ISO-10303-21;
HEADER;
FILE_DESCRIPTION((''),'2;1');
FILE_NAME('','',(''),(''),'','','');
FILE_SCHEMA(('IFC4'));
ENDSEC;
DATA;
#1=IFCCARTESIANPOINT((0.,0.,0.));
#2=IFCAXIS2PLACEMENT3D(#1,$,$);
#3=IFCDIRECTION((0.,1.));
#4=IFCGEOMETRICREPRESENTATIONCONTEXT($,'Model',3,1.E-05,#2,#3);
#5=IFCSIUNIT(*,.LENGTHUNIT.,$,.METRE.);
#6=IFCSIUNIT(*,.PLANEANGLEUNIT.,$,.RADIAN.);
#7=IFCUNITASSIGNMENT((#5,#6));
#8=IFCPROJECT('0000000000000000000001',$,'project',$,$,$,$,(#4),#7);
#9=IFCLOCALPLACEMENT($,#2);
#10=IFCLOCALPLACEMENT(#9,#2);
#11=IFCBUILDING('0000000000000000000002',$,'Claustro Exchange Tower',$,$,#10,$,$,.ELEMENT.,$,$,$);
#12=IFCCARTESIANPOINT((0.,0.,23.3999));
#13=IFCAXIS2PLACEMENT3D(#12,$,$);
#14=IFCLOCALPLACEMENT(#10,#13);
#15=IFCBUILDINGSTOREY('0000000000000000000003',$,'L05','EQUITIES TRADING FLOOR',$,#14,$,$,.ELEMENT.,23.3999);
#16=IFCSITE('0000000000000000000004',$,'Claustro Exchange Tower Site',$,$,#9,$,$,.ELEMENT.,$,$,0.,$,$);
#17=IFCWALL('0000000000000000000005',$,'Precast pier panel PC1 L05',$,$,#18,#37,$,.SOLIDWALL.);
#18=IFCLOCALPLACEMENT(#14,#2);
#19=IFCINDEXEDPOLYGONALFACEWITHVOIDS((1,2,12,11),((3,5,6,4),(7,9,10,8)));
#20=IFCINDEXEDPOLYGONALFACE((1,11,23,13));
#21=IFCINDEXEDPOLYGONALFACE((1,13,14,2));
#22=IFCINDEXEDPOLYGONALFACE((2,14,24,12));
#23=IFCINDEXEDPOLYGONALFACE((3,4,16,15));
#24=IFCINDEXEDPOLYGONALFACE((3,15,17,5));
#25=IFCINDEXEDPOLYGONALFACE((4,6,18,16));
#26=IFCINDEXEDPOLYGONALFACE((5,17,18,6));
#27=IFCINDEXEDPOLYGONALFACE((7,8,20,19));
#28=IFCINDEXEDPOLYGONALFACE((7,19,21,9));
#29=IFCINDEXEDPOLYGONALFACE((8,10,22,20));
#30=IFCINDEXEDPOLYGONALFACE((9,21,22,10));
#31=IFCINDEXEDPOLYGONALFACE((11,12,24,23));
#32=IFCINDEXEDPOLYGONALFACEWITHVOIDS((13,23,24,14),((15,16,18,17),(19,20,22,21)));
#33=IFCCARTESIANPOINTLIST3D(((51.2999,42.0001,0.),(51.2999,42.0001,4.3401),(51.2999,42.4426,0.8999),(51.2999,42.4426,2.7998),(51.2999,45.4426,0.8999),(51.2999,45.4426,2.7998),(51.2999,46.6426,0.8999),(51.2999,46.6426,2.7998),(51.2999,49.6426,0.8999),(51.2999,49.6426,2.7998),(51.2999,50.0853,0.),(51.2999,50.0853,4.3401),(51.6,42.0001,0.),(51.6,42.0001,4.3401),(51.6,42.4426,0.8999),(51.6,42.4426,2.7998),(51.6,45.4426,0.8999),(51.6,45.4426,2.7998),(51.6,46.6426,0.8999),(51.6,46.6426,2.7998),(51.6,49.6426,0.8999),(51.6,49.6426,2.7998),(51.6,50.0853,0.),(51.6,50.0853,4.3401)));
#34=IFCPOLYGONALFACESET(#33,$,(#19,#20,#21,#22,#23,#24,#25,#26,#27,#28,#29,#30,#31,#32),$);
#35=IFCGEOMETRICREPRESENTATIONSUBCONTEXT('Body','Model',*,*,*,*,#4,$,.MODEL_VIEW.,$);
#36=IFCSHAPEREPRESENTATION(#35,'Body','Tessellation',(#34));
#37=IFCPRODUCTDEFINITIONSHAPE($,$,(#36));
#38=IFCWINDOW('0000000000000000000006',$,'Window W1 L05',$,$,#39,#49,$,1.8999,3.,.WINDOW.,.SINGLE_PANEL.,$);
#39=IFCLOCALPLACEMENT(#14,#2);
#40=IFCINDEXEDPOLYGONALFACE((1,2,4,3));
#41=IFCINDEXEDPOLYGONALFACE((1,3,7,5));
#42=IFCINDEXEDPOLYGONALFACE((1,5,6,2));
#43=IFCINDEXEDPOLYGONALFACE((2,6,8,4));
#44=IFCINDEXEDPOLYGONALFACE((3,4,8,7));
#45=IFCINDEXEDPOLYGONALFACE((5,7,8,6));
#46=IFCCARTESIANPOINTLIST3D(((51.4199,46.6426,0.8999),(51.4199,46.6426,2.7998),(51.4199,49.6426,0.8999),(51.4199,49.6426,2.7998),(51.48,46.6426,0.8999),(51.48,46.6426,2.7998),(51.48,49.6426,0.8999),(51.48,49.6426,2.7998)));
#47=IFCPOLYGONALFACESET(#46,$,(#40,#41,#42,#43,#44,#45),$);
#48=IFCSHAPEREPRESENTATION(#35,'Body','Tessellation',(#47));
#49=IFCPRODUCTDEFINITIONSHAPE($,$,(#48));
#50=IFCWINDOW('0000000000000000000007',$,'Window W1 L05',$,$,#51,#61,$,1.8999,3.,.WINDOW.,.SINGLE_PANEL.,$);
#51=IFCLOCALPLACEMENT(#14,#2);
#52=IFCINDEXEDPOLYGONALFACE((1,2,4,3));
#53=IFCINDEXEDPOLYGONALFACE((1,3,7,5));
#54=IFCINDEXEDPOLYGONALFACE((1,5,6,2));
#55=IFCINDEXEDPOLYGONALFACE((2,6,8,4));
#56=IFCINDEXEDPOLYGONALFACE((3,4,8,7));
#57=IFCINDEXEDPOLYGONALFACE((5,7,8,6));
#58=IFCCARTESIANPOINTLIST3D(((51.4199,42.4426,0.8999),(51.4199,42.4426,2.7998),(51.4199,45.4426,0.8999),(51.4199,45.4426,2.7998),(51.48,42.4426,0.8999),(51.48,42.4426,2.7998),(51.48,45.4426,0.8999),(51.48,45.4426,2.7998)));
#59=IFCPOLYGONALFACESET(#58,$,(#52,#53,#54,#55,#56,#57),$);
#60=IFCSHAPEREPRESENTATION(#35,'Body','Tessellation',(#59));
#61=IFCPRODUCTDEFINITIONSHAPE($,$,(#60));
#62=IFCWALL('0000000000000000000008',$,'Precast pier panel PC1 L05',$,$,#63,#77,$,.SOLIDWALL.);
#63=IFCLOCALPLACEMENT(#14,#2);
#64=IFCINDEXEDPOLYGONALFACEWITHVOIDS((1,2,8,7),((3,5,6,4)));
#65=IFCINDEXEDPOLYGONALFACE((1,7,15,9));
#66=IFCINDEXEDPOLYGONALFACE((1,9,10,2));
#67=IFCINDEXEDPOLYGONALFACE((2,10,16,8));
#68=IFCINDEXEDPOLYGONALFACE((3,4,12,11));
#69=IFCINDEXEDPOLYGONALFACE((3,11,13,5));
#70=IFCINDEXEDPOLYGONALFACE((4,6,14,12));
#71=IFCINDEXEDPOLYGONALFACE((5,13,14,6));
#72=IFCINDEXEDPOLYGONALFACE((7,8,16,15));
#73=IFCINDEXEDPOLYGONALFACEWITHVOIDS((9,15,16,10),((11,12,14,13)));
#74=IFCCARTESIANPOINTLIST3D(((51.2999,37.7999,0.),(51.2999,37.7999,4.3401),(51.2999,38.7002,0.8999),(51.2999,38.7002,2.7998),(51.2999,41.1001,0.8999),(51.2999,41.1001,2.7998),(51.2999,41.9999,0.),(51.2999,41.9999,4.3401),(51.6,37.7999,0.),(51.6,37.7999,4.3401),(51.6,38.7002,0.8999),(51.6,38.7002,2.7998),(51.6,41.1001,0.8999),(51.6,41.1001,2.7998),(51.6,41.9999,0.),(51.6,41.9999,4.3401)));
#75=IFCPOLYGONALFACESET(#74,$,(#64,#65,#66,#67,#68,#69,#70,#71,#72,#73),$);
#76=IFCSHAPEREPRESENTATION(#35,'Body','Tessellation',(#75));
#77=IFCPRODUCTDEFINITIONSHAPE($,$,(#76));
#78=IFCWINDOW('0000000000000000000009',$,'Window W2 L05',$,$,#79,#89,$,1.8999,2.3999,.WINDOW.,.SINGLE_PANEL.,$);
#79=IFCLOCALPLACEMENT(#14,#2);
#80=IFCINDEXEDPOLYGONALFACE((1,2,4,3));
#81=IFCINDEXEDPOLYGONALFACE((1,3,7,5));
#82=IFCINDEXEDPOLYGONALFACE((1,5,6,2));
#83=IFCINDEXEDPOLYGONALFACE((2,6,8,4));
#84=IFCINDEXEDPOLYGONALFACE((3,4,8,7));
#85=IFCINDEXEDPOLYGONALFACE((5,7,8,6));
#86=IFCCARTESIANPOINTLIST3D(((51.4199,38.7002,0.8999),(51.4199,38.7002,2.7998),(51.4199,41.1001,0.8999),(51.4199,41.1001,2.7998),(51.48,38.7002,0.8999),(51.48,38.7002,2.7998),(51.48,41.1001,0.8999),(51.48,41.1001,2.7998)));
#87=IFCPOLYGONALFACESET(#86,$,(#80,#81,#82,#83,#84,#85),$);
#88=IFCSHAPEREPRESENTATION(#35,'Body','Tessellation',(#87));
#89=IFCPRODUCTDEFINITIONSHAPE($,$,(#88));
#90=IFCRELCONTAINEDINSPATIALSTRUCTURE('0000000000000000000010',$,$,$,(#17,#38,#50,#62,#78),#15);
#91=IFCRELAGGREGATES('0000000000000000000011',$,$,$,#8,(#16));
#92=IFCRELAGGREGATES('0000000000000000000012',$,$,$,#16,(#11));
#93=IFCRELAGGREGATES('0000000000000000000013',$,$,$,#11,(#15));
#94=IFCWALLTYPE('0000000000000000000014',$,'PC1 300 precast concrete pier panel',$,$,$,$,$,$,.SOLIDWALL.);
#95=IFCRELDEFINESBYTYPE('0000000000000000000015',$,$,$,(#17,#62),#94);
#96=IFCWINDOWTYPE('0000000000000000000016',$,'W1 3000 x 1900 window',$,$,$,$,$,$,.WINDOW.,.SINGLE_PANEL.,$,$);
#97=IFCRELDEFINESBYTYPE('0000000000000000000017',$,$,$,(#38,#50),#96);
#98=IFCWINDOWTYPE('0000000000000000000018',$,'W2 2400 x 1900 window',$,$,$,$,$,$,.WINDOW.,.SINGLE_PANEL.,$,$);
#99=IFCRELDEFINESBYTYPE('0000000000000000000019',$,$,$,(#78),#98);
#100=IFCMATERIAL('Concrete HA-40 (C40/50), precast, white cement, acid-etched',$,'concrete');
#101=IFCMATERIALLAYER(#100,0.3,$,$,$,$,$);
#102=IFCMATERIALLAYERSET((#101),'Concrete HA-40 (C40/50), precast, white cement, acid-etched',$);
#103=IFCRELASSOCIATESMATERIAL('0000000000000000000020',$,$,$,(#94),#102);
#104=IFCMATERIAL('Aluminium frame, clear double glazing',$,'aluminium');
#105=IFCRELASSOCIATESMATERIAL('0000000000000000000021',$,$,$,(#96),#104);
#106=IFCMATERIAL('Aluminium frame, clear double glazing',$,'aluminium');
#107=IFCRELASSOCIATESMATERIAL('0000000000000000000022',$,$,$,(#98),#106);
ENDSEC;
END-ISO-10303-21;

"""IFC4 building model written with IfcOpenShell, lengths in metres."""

from ifc_helpers import new_model, si_unit, direction, frame, frame_2d, origin, place, context, subcontext, project, spatial, rectangle, extrude, material, layer, layer_set, type_object, element, fill, save


model = new_model("IFC4")

# Units and contexts
model_context = context("Model", 3, precision=1e-05, world=origin(), true_north=direction((0.0, 1.0)))
body_context = subcontext(model_context, "Body", "Model", "MODEL_VIEW")
ifc_project = project(units=[si_unit("LENGTHUNIT", "METRE"), si_unit("PLANEANGLEUNIT", "RADIAN")], contexts=[model_context])

# Site, building, storey
site_placement = place(None, origin())
site = spatial("IfcSite", under=ifc_project, at=site_placement, Name="Claustro Exchange Tower Site", CompositionType="ELEMENT", RefElevation=0.0)
building_placement = place(site_placement, origin())
building = spatial("IfcBuilding", under=site, at=building_placement, Name="Claustro Exchange Tower", CompositionType="ELEMENT")
storey_placement = place(building_placement, frame((0.0, 0.0, 23.3999)))
storey = spatial("IfcBuildingStorey", under=building, at=storey_placement, Name="L05", Description="EQUITIES TRADING FLOOR", CompositionType="ELEMENT", Elevation=23.3999)

# Shared definitions
ifc_material_1 = material(Name="Concrete HA-40 (C40/50), precast, white cement, acid-etched", Category="concrete")
ifc_layer_1 = layer(ifc_material_1, 0.3)
ifc_layer_set_1 = layer_set([ifc_layer_1], Name="Concrete HA-40 (C40/50), precast, white cement, acid-etched")
wall_type_1 = type_object("IfcWallType", Name="PC1 300 precast concrete pier panel", PredefinedType="SOLIDWALL", material=ifc_layer_set_1)
ifc_material_2 = material(Name="Aluminium frame, clear double glazing", Category="aluminium")
window_type_1 = type_object("IfcWindowType", Name="W1 3000 x 1900 window", PartitioningType="SINGLE_PANEL", PredefinedType="WINDOW", material=ifc_material_2)

# Wall, openings, windows
wall_1_placement = place(storey_placement, frame((51.45, 50.0852, 0.0), z_axis=(0.0, 0.0, 1.0), x_axis=(0.0, -1.0, 0.0)))
wall_1 = element("IfcWall", 1, at=wall_1_placement, inside=storey, type_object=wall_type_1, Name="Precast pier panel PC1 L05", PredefinedType="SOLIDWALL", context=body_context, shape_type="SweptSolid", body=[
    extrude(rectangle(XDim=8.0852, YDim=0.3, at=frame_2d((4.0425, 0.0))), origin(), (0.0, 0.0, 1.0), 4.3401),
])
opening_1_placement = place(wall_1_placement, frame((0.4426, 0.0, 0.8999)))
opening_1 = element("IfcOpeningElement", 2, at=opening_1_placement, cuts=wall_1, PredefinedType="OPENING", context=body_context, shape_type="SweptSolid", body=[
    extrude(rectangle(XDim=3.0, YDim=1.8999, at=frame_2d((1.5, 0.95))), frame((0.0, 0.1599, 0.0), z_axis=(0.0, -1.0, 0.0), x_axis=(1.0, 0.0, 0.0)), (0.0, 0.0, 1.0), 0.3201),
])
opening_2_placement = place(wall_1_placement, frame((4.6426, 0.0, 0.8999)))
opening_2 = element("IfcOpeningElement", 3, at=opening_2_placement, cuts=wall_1, PredefinedType="OPENING", context=body_context, shape_type="SweptSolid", body=[
    extrude(rectangle(XDim=3.0, YDim=1.8999, at=frame_2d((1.5, 0.95))), frame((0.0, 0.1599, 0.0), z_axis=(0.0, -1.0, 0.0), x_axis=(1.0, 0.0, 0.0)), (0.0, 0.0, 1.0), 0.3201),
])
window_1_placement = place(opening_1_placement, origin())
window_1 = element("IfcWindow", 4, at=window_1_placement, inside=storey, type_object=window_type_1, Name="Window W1 L05", OverallHeight=1.8999, OverallWidth=3.0, PartitioningType="SINGLE_PANEL", PredefinedType="WINDOW", context=body_context, shape_type="SweptSolid", body=[
    extrude(rectangle(XDim=3.0, YDim=1.8999, at=frame_2d((1.5, 0.95))), frame((0.0, 0.03, 0.0), z_axis=(0.0, -1.0, 0.0), x_axis=(1.0, 0.0, 0.0)), (0.0, 0.0, 1.0), 0.0601),
])
fill(opening_1, window_1)
window_2_placement = place(opening_2_placement, origin())
window_2 = element("IfcWindow", 5, at=window_2_placement, inside=storey, type_object=window_type_1, Name="Window W1 L05", OverallHeight=1.8999, OverallWidth=3.0, PartitioningType="SINGLE_PANEL", PredefinedType="WINDOW", context=body_context, shape_type="SweptSolid", body=[
    extrude(rectangle(XDim=3.0, YDim=1.8999, at=frame_2d((1.5, 0.95))), frame((0.0, 0.03, 0.0), z_axis=(0.0, -1.0, 0.0), x_axis=(1.0, 0.0, 0.0)), (0.0, 0.0, 1.0), 0.0601),
])
fill(opening_2, window_2)

# Wall, opening, window
wall_2_placement = place(storey_placement, frame((51.45, 42.0, 0.0), z_axis=(0.0, 0.0, 1.0), x_axis=(0.0, -1.0, 0.0)))
wall_2 = element("IfcWall", 6, at=wall_2_placement, inside=storey, type_object=wall_type_1, Name="Precast pier panel PC1 L05", PredefinedType="SOLIDWALL", context=body_context, shape_type="SweptSolid", body=[
    extrude(rectangle(XDim=4.2, YDim=0.3, at=frame_2d((2.1001, 0.0))), origin(), (0.0, 0.0, 1.0), 4.3401),
])
opening_3_placement = place(wall_2_placement, frame((0.8999, 0.0, 0.8999)))
opening_3 = element("IfcOpeningElement", 7, at=opening_3_placement, cuts=wall_2, PredefinedType="OPENING", context=body_context, shape_type="SweptSolid", body=[
    extrude(rectangle(XDim=2.3999, YDim=1.8999, at=frame_2d((1.2, 0.95))), frame((0.0, 0.1599, 0.0), z_axis=(0.0, -1.0, 0.0), x_axis=(1.0, 0.0, 0.0)), (0.0, 0.0, 1.0), 0.3201),
])
ifc_material_3 = material(Name="Aluminium frame, clear double glazing", Category="aluminium")
window_type_2 = type_object("IfcWindowType", Name="W2 2400 x 1900 window", PartitioningType="SINGLE_PANEL", PredefinedType="WINDOW", material=ifc_material_3)
window_3_placement = place(opening_3_placement, origin())
window_3 = element("IfcWindow", 8, at=window_3_placement, inside=storey, type_object=window_type_2, Name="Window W2 L05", OverallHeight=1.8999, OverallWidth=2.3999, PartitioningType="SINGLE_PANEL", PredefinedType="WINDOW", context=body_context, shape_type="SweptSolid", body=[
    extrude(rectangle(XDim=2.3999, YDim=1.8999, at=frame_2d((1.2, 0.95))), frame((0.0, 0.03, 0.0), z_axis=(0.0, -1.0, 0.0), x_axis=(1.0, 0.0, 0.0)), (0.0, 0.0, 1.0), 0.0601),
])
fill(opening_3, window_3)

save(model, "model.ifc")
